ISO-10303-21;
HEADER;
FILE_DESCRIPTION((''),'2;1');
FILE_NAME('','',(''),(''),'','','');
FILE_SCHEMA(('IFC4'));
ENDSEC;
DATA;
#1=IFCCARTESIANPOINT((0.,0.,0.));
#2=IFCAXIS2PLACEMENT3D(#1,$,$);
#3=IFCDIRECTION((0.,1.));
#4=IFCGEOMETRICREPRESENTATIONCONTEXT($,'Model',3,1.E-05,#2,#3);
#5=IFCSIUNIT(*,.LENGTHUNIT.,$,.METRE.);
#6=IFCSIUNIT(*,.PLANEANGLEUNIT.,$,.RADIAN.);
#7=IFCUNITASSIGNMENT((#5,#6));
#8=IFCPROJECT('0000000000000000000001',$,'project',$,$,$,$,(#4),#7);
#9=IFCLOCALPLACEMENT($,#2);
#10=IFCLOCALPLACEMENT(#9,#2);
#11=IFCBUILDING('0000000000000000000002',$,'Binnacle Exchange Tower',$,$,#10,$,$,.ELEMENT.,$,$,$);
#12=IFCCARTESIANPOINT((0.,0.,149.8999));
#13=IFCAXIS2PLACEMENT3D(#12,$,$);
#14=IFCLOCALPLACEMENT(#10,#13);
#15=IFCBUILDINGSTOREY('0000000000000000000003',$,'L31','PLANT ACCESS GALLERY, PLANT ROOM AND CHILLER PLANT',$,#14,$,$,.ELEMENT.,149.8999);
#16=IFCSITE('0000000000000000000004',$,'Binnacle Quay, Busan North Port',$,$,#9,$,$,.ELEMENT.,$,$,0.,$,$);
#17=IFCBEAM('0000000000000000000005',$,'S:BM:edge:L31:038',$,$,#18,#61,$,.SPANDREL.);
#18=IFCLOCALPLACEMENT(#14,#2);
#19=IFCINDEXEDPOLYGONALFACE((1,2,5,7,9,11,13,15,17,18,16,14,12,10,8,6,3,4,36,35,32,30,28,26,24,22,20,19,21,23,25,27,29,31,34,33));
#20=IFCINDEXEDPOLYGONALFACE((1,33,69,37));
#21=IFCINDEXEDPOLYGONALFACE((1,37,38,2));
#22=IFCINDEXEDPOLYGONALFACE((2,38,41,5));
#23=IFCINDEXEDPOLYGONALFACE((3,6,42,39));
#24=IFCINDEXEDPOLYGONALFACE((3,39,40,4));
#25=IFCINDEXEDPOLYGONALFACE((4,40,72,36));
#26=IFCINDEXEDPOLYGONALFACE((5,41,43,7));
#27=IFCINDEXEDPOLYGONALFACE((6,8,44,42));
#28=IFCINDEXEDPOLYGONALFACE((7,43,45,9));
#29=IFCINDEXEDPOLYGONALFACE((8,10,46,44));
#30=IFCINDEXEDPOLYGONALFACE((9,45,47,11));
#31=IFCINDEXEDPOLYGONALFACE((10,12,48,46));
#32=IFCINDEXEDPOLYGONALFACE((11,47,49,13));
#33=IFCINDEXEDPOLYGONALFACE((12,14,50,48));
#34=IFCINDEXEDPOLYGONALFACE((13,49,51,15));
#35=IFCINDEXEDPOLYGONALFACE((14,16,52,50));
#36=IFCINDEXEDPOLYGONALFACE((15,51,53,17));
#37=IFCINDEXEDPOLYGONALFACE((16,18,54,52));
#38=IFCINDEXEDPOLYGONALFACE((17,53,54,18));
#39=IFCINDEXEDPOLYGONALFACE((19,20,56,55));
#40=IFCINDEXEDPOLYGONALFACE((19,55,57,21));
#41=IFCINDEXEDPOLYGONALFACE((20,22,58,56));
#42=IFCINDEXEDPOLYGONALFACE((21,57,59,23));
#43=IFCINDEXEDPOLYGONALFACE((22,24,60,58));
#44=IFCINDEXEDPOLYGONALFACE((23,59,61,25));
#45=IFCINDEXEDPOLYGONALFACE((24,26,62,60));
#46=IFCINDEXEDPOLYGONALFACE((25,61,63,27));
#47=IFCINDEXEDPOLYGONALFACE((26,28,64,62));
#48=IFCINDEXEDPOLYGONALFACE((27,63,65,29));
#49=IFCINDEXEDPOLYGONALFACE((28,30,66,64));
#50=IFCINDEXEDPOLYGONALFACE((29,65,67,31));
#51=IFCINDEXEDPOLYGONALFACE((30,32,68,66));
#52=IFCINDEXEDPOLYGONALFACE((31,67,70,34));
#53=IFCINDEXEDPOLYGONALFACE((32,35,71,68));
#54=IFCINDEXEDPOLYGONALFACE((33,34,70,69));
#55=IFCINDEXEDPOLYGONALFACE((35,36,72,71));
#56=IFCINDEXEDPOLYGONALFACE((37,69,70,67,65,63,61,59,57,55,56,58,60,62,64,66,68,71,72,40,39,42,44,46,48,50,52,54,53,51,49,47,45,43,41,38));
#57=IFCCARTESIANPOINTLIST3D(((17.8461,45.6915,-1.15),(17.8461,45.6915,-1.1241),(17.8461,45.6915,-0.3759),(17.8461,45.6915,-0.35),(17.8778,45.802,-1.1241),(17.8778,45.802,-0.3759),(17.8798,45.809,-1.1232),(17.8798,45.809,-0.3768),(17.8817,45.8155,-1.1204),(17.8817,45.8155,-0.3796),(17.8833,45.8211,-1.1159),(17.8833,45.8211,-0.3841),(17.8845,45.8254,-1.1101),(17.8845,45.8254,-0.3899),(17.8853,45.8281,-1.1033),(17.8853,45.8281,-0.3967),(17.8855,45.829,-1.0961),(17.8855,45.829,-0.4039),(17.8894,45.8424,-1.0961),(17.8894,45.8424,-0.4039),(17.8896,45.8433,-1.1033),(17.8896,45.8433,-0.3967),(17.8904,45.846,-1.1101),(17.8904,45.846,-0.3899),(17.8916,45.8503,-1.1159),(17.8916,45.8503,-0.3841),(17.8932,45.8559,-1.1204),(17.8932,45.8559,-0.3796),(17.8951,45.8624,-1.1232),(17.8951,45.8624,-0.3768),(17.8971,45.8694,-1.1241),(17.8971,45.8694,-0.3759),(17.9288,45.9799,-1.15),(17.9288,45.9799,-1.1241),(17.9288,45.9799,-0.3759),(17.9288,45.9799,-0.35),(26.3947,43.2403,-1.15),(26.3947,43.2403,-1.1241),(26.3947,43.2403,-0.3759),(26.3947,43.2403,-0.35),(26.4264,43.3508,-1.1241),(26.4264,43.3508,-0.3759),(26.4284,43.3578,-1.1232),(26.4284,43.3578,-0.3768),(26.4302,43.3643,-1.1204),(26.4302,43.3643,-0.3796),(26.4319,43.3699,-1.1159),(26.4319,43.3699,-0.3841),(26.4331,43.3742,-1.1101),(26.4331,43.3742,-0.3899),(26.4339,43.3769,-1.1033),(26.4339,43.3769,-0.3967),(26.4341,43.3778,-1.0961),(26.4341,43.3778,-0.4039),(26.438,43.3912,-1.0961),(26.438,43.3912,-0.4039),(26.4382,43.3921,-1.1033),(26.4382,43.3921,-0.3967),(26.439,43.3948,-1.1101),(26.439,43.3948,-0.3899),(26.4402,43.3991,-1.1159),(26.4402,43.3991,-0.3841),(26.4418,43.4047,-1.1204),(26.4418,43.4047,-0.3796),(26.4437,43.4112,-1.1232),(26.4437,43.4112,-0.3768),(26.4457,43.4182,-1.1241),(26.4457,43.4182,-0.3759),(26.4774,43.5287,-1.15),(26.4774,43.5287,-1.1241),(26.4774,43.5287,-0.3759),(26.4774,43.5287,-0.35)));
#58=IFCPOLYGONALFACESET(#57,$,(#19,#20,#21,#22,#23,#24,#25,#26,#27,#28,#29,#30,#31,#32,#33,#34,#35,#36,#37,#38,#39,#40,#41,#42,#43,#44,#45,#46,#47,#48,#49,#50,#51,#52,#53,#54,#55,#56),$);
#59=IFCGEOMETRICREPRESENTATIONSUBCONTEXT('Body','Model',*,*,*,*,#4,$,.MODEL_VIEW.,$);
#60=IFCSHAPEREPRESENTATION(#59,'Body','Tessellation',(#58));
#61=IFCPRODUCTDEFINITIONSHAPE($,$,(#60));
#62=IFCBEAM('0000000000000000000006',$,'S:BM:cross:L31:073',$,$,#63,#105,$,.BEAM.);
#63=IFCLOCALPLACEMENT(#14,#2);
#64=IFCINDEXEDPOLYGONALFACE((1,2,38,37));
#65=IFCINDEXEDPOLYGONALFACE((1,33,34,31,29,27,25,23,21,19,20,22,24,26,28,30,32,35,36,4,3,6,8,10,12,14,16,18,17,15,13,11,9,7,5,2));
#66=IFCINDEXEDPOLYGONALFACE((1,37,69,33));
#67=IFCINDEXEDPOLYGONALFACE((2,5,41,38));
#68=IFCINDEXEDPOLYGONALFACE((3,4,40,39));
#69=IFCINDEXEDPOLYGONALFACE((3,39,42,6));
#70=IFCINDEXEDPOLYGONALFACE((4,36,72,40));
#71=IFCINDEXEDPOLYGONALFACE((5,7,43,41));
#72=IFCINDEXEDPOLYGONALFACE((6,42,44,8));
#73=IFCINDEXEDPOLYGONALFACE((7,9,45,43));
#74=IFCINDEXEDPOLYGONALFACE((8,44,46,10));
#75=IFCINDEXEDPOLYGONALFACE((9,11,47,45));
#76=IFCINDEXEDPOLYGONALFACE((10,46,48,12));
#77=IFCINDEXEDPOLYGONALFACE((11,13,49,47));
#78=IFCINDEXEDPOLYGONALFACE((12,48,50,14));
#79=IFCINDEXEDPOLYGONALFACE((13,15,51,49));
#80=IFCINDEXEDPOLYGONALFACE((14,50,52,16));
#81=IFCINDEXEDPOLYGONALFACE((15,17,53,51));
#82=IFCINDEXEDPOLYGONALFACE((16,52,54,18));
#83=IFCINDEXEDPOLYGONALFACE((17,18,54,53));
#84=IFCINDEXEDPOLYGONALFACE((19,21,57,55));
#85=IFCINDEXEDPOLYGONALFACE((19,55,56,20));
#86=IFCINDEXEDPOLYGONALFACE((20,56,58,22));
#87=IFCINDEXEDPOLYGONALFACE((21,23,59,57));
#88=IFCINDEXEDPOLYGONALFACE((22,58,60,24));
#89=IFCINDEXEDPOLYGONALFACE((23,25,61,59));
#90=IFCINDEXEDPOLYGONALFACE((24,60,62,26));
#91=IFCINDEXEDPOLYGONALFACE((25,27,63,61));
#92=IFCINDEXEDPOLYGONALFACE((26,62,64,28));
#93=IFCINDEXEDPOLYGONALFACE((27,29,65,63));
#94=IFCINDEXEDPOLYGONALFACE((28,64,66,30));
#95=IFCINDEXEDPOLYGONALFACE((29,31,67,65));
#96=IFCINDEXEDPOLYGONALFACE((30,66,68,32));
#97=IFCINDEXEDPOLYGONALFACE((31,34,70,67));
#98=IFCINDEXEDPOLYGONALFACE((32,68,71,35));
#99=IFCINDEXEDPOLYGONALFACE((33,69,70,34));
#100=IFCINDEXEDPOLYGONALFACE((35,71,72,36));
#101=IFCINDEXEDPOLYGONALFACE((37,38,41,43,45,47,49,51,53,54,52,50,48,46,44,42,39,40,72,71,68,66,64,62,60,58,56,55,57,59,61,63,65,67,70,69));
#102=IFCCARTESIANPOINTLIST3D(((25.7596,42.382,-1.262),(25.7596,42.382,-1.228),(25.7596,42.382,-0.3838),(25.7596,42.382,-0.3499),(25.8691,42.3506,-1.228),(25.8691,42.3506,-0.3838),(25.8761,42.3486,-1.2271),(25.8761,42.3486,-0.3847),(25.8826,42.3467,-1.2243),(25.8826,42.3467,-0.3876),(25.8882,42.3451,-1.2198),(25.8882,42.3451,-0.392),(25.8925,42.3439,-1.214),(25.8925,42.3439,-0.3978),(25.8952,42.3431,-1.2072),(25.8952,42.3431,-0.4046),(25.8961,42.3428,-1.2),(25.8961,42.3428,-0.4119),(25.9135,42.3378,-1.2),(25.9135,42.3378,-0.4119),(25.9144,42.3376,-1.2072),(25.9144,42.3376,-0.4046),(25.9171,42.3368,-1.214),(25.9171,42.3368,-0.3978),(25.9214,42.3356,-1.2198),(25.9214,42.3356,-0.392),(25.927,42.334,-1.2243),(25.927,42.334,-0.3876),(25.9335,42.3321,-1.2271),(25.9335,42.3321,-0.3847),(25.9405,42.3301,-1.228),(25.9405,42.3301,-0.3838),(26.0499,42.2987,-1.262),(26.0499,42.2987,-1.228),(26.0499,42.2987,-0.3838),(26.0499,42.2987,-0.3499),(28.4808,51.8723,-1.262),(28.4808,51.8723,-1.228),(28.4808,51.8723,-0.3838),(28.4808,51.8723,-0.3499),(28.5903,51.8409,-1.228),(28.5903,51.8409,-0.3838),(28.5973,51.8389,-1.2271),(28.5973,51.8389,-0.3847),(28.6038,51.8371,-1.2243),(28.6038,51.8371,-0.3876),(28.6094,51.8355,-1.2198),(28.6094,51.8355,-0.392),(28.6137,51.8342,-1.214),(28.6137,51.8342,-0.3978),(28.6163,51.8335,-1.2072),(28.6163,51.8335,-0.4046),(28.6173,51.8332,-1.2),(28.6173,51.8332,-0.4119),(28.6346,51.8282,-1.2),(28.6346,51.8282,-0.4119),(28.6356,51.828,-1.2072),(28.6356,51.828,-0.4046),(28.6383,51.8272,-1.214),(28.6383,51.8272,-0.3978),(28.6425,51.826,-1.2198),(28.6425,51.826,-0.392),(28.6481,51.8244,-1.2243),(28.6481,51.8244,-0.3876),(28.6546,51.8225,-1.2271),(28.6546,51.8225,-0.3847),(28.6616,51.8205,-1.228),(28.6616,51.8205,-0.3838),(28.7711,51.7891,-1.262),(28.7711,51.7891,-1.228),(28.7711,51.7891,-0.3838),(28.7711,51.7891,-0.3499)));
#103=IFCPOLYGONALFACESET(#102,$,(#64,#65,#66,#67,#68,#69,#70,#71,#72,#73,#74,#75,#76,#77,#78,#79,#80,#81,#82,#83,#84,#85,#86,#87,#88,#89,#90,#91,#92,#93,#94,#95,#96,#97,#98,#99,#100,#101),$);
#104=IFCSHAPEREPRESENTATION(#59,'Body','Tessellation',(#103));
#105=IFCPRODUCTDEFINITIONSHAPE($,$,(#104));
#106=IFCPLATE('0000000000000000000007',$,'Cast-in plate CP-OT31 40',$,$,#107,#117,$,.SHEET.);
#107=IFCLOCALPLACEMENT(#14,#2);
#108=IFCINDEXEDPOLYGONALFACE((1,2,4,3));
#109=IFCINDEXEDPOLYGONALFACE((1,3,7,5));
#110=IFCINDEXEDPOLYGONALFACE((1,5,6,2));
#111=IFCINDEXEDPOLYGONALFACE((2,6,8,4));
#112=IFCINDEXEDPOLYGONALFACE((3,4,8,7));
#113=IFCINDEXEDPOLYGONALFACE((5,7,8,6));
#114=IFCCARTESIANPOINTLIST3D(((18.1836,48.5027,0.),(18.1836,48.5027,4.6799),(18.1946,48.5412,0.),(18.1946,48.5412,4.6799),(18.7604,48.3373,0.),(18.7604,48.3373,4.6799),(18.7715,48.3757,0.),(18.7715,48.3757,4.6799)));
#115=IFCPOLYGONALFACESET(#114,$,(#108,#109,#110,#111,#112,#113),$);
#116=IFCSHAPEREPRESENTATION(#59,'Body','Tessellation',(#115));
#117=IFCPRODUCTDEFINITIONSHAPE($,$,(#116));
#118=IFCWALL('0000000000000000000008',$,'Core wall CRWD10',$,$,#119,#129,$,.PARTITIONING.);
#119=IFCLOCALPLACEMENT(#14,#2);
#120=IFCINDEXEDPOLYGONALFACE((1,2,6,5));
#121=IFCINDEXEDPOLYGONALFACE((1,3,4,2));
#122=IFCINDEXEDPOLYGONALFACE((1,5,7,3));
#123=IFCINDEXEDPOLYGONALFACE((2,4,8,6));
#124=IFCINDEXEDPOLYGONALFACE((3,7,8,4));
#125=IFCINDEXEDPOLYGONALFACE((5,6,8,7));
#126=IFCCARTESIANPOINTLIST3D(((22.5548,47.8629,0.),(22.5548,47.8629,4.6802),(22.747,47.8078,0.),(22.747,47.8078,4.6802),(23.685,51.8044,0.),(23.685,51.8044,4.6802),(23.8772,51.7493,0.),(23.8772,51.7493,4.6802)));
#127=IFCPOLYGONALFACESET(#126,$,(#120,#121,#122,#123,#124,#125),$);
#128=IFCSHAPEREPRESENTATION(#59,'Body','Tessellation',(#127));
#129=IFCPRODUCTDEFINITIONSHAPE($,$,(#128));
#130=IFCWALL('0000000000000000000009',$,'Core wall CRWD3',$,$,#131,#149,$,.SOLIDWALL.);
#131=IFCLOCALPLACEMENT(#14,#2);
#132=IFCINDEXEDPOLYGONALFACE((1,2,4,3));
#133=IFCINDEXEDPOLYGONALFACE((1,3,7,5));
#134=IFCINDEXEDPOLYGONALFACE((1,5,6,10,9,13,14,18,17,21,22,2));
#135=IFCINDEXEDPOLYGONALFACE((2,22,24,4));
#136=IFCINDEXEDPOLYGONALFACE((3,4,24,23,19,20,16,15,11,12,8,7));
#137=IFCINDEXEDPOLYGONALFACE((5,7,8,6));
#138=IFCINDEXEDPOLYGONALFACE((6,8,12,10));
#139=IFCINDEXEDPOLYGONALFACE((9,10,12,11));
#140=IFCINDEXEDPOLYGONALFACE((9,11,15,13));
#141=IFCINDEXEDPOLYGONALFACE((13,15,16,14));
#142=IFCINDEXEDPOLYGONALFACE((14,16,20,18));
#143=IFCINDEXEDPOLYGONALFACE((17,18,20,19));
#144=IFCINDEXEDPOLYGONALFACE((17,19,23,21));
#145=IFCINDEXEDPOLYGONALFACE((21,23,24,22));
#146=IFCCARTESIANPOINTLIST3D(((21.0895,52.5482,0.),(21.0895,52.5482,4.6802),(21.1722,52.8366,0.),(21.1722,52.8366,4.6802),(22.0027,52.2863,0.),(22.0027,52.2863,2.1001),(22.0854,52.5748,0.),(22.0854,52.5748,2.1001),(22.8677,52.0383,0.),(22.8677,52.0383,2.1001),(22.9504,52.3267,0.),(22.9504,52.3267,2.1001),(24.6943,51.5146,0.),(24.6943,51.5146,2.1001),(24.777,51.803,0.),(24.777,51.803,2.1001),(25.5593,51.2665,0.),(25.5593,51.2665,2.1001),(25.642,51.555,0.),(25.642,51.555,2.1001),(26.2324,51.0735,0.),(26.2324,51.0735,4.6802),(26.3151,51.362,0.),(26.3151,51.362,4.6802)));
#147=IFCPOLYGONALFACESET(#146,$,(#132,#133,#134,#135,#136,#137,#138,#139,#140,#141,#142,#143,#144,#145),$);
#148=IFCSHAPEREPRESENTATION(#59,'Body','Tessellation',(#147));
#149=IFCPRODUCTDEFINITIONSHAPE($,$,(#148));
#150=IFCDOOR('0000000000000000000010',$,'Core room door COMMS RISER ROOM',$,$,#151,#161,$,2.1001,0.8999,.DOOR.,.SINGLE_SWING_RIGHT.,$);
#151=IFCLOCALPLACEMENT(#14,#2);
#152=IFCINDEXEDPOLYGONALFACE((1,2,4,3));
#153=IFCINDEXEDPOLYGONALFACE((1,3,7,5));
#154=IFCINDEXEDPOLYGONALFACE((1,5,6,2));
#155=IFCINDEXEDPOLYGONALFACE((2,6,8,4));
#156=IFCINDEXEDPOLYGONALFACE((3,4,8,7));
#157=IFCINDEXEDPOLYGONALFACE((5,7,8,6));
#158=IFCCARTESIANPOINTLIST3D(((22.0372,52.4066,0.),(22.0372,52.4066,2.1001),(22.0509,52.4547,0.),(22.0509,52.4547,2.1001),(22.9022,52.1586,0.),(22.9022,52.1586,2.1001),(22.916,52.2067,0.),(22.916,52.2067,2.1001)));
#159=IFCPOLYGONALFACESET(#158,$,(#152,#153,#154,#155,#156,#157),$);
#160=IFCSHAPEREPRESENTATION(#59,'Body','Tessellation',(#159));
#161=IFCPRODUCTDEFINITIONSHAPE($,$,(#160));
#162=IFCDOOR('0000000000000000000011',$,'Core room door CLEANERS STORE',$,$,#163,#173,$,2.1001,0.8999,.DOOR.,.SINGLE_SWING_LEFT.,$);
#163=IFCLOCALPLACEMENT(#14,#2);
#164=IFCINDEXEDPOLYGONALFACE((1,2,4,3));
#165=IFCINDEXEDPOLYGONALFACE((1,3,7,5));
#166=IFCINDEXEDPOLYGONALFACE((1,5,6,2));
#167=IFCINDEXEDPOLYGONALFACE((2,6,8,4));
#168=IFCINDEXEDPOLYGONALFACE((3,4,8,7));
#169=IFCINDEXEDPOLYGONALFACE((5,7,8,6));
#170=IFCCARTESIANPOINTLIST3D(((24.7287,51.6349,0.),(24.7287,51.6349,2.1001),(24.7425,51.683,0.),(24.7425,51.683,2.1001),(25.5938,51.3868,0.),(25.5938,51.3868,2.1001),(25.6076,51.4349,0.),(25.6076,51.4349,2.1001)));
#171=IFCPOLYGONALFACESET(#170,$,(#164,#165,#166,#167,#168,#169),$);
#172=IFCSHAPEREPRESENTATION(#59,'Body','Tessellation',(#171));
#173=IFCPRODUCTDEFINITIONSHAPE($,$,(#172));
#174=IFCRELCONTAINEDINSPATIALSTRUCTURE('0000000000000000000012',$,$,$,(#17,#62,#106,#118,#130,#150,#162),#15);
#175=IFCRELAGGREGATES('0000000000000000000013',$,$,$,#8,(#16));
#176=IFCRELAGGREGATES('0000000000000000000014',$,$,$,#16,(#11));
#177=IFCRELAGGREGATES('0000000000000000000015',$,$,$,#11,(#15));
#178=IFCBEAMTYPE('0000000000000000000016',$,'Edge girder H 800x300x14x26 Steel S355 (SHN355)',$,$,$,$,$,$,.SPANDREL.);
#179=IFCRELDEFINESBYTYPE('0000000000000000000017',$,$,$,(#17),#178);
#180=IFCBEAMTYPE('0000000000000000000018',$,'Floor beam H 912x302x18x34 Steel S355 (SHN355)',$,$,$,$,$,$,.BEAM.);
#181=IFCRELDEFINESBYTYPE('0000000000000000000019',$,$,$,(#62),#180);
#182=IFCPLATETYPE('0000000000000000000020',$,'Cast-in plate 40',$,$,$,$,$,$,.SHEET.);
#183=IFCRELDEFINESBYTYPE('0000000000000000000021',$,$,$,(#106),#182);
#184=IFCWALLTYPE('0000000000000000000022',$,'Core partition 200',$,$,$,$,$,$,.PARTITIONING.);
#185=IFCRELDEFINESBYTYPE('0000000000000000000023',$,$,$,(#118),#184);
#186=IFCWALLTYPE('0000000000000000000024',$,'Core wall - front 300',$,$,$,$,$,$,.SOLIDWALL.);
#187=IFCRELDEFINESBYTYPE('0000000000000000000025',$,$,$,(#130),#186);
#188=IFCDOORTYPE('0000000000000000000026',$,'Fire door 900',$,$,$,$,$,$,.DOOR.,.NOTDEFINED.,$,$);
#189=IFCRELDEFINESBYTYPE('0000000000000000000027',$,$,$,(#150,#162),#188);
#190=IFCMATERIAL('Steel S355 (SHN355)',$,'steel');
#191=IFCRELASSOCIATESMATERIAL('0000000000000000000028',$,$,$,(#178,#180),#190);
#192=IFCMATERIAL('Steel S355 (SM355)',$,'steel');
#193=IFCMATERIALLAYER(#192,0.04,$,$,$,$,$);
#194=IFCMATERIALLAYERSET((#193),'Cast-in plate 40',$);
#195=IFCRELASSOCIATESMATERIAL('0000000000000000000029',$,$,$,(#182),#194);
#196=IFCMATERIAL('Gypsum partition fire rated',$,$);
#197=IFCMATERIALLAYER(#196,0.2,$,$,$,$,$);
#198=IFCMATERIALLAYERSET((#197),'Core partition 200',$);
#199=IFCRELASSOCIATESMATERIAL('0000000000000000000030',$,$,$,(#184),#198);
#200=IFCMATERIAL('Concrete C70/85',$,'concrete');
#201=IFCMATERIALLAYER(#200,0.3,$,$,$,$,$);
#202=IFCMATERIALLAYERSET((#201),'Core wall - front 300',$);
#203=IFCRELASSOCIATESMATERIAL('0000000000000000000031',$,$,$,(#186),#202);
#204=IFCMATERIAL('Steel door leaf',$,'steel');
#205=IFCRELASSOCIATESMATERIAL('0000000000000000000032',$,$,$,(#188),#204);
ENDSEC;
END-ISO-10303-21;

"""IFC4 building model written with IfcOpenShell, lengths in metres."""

from ifc_helpers import new_model, si_unit, direction, frame, frame_2d, origin, origin_2d, place, context, subcontext, project, spatial, rectangle, i_section, extrude, material, layer, layer_set, material_profile, profile_set, type_object, element, fill, save


model = new_model("IFC4")

# Units and contexts
model_context = context("Model", 3, precision=1e-05, world=origin(), true_north=direction((0.0, 1.0)))
body_context = subcontext(model_context, "Body", "Model", "MODEL_VIEW")
ifc_project = project(units=[si_unit("LENGTHUNIT", "METRE"), si_unit("PLANEANGLEUNIT", "RADIAN")], contexts=[model_context])

# Site, building, storey
site_placement = place(None, origin())
site = spatial("IfcSite", under=ifc_project, at=site_placement, Name="Binnacle Quay, Busan North Port", CompositionType="ELEMENT", RefElevation=0.0)
building_placement = place(site_placement, origin())
building = spatial("IfcBuilding", under=site, at=building_placement, Name="Binnacle Exchange Tower", CompositionType="ELEMENT")
storey_placement = place(building_placement, frame((0.0, 0.0, 149.8999)))
storey = spatial("IfcBuildingStorey", under=building, at=storey_placement, Name="L31", Description="PLANT ACCESS GALLERY, PLANT ROOM AND CHILLER PLANT", CompositionType="ELEMENT", Elevation=149.8999)

# Shared definitions
ifc_material_1 = material(Name="Concrete C70/85", Category="concrete")

# Shared definitions
ifc_material_2 = material(Name="Steel S355 (SHN355)", Category="steel")

# Beams
ifc_material_profile_1 = material_profile(ifc_material_2, i_section(OverallWidth=0.3, OverallDepth=0.8, WebThickness=0.0139, FlangeThickness=0.0259, FilletRadius=0.0281, at=origin_2d()), Name="H 800x300x14x26")
ifc_profile_set_1 = profile_set([ifc_material_profile_1], Name="Steel S355 (SHN355)")
beam_type_1 = type_object("IfcBeamType", Name="Edge girder H 800x300x14x26 Steel S355 (SHN355)", PredefinedType="SPANDREL", material=ifc_profile_set_1)
beam_1_placement = place(storey_placement, frame((26.436, 43.3845, -0.75), z_axis=(-0.961265, 0.275627, 0.0), x_axis=(-0.275627, -0.961265, 0.0)))
element("IfcBeam", 1, at=beam_1_placement, inside=storey, type_object=beam_type_1, Name="S:BM:edge:L31:038", PredefinedType="SPANDREL", context=body_context, shape_type="SweptSolid", body=[
    extrude(i_section(OverallWidth=0.3, OverallDepth=0.8, WebThickness=0.0139, FlangeThickness=0.0259, FilletRadius=0.0281, at=origin_2d()), origin(), (0.0, 0.0, 1.0), 8.8931),
])
ifc_material_profile_2 = material_profile(ifc_material_2, i_section(OverallWidth=0.302, OverallDepth=0.9121, WebThickness=0.0181, FlangeThickness=0.0339, FilletRadius=0.0281, at=origin_2d()), Name="H 912x302x18x34")
ifc_profile_set_2 = profile_set([ifc_material_profile_2], Name="Steel S355 (SHN355)")
beam_type_2 = type_object("IfcBeamType", Name="Floor beam H 912x302x18x34 Steel S355 (SHN355)", PredefinedType="BEAM", material=ifc_profile_set_2)
beam_2_placement = place(storey_placement, frame((25.9048, 42.3403, -0.8059), z_axis=(0.275622, 0.961266, 0.0), x_axis=(-0.961266, 0.275622, 0.0)))
element("IfcBeam", 2, at=beam_2_placement, inside=storey, type_object=beam_type_2, Name="S:BM:cross:L31:073", PredefinedType="BEAM", context=body_context, shape_type="SweptSolid", body=[
    extrude(i_section(OverallWidth=0.302, OverallDepth=0.9121, WebThickness=0.0181, FlangeThickness=0.0339, FilletRadius=0.0281, at=origin_2d()), origin(), (0.0, 0.0, 1.0), 9.8728),
])

# Plate
ifc_material_3 = material(Name="Steel S355 (SM355)", Category="steel")
ifc_layer_1 = layer(ifc_material_3, 0.04)
ifc_layer_set_1 = layer_set([ifc_layer_1], Name="Cast-in plate 40")
plate_type = type_object("IfcPlateType", Name="Cast-in plate 40", PredefinedType="SHEET", material=ifc_layer_set_1)
plate_placement = place(storey_placement, frame((18.4775, 48.4392, 0.0), z_axis=(0.0, 0.0, 1.0), x_axis=(0.275637, 0.961262, 0.0)))
element("IfcPlate", 3, at=plate_placement, inside=storey, type_object=plate_type, Name="Cast-in plate CP-OT31 40", PredefinedType="SHEET", context=body_context, shape_type="SweptSolid", body=[
    extrude(rectangle(XDim=0.04, YDim=0.6001, at=origin_2d()), origin(), (0.0, 0.0, 1.0), 4.6799),
])

# Wall
ifc_material_4 = material(Name="Gypsum partition fire rated")
ifc_layer_2 = layer(ifc_material_4, 0.2)
ifc_layer_set_2 = layer_set([ifc_layer_2], Name="Core partition 200")
wall_type_1 = type_object("IfcWallType", Name="Core partition 200", PredefinedType="PARTITIONING", material=ifc_layer_set_2)
wall_1_placement = place(storey_placement, frame((22.6509, 47.8352, 0.0), z_axis=(0.0, 0.0, 1.0), x_axis=(0.275625, 0.961265, 0.0)))
element("IfcWall", 4, at=wall_1_placement, inside=storey, type_object=wall_type_1, Name="Core wall CRWD10", PredefinedType="PARTITIONING", context=body_context, shape_type="SweptSolid", body=[
    extrude(rectangle(XDim=4.1003, YDim=0.2, at=frame_2d((2.0503, 0.0))), origin(), (0.0, 0.0, 1.0), 4.6802),
])

# Wall, openings, doors
ifc_layer_3 = layer(ifc_material_1, 0.3)
ifc_layer_set_3 = layer_set([ifc_layer_3], Name="Core wall - front 300")
wall_type_2 = type_object("IfcWallType", Name="Core wall - front 300", PredefinedType="SOLIDWALL", material=ifc_layer_set_3)
wall_2_placement = place(storey_placement, frame((21.1309, 52.6924, 0.0), z_axis=(0.0, 0.0, 1.0), x_axis=(0.961265, -0.275625, 0.0)))
wall_2 = element("IfcWall", 5, at=wall_2_placement, inside=storey, type_object=wall_type_2, Name="Core wall CRWD3", PredefinedType="SOLIDWALL", context=body_context, shape_type="SweptSolid", body=[
    extrude(rectangle(XDim=5.3501, YDim=0.3, at=frame_2d((2.675, 0.0))), origin(), (0.0, 0.0, 1.0), 4.6802),
])
opening_1_placement = place(wall_2_placement, frame((0.95, 0.0, 0.0)))
opening_1 = element("IfcOpeningElement", 6, at=opening_1_placement, cuts=wall_2, PredefinedType="OPENING", context=body_context, shape_type="SweptSolid", body=[
    extrude(rectangle(XDim=0.8999, YDim=2.1001, at=frame_2d((0.45, 1.05))), frame((0.0, 0.1599, 0.0), z_axis=(0.0, -1.0, 0.0), x_axis=(1.0, 0.0, 0.0)), (0.0, 0.0, 1.0), 0.3201),
])
opening_2_placement = place(wall_2_placement, frame((3.75, 0.0, 0.0)))
opening_2 = element("IfcOpeningElement", 7, at=opening_2_placement, cuts=wall_2, PredefinedType="OPENING", context=body_context, shape_type="SweptSolid", body=[
    extrude(rectangle(XDim=0.8999, YDim=2.1001, at=frame_2d((0.45, 1.05))), frame((0.0, 0.1599, 0.0), z_axis=(0.0, -1.0, 0.0), x_axis=(1.0, 0.0, 0.0)), (0.0, 0.0, 1.0), 0.3201),
])
ifc_material_5 = material(Name="Steel door leaf", Category="steel")
door_type_1 = type_object("IfcDoorType", Name="Fire door 900", OperationType="NOTDEFINED", PredefinedType="DOOR", material=ifc_material_5)
door_1_placement = place(opening_1_placement, frame((0.8999, 0.0, 0.0), z_axis=(0.0, 0.0, 1.0), x_axis=(-1.0, 0.0, 0.0)))
door_1 = element("IfcDoor", 8, at=door_1_placement, inside=storey, type_object=door_type_1, Name="Core room door COMMS RISER ROOM", OperationType="SINGLE_SWING_RIGHT", OverallHeight=2.1001, OverallWidth=0.8999, PredefinedType="DOOR", context=body_context, shape_type="SweptSolid", body=[
    extrude(rectangle(XDim=0.8999, YDim=2.1001, at=frame_2d((0.45, 1.05))), frame((0.0, 0.0249, 0.0), z_axis=(0.0, -1.0, 0.0), x_axis=(1.0, 0.0, 0.0)), (0.0, 0.0, 1.0), 0.05),
])
fill(opening_1, door_1)
door_2_placement = place(opening_2_placement, frame((0.8999, 0.0, 0.0), z_axis=(0.0, 0.0, 1.0), x_axis=(-1.0, 0.0, 0.0)))
door_2 = element("IfcDoor", 9, at=door_2_placement, inside=storey, type_object=door_type_1, Name="Core room door CLEANERS STORE", OperationType="SINGLE_SWING_LEFT", OverallHeight=2.1001, OverallWidth=0.8999, PredefinedType="DOOR", context=body_context, shape_type="SweptSolid", body=[
    extrude(rectangle(XDim=0.8999, YDim=2.1001, at=frame_2d((0.45, 1.05))), frame((0.0, 0.0249, 0.0), z_axis=(0.0, -1.0, 0.0), x_axis=(1.0, 0.0, 0.0)), (0.0, 0.0, 1.0), 0.05),
])
fill(opening_2, door_2)

save(model, "model.ifc")
